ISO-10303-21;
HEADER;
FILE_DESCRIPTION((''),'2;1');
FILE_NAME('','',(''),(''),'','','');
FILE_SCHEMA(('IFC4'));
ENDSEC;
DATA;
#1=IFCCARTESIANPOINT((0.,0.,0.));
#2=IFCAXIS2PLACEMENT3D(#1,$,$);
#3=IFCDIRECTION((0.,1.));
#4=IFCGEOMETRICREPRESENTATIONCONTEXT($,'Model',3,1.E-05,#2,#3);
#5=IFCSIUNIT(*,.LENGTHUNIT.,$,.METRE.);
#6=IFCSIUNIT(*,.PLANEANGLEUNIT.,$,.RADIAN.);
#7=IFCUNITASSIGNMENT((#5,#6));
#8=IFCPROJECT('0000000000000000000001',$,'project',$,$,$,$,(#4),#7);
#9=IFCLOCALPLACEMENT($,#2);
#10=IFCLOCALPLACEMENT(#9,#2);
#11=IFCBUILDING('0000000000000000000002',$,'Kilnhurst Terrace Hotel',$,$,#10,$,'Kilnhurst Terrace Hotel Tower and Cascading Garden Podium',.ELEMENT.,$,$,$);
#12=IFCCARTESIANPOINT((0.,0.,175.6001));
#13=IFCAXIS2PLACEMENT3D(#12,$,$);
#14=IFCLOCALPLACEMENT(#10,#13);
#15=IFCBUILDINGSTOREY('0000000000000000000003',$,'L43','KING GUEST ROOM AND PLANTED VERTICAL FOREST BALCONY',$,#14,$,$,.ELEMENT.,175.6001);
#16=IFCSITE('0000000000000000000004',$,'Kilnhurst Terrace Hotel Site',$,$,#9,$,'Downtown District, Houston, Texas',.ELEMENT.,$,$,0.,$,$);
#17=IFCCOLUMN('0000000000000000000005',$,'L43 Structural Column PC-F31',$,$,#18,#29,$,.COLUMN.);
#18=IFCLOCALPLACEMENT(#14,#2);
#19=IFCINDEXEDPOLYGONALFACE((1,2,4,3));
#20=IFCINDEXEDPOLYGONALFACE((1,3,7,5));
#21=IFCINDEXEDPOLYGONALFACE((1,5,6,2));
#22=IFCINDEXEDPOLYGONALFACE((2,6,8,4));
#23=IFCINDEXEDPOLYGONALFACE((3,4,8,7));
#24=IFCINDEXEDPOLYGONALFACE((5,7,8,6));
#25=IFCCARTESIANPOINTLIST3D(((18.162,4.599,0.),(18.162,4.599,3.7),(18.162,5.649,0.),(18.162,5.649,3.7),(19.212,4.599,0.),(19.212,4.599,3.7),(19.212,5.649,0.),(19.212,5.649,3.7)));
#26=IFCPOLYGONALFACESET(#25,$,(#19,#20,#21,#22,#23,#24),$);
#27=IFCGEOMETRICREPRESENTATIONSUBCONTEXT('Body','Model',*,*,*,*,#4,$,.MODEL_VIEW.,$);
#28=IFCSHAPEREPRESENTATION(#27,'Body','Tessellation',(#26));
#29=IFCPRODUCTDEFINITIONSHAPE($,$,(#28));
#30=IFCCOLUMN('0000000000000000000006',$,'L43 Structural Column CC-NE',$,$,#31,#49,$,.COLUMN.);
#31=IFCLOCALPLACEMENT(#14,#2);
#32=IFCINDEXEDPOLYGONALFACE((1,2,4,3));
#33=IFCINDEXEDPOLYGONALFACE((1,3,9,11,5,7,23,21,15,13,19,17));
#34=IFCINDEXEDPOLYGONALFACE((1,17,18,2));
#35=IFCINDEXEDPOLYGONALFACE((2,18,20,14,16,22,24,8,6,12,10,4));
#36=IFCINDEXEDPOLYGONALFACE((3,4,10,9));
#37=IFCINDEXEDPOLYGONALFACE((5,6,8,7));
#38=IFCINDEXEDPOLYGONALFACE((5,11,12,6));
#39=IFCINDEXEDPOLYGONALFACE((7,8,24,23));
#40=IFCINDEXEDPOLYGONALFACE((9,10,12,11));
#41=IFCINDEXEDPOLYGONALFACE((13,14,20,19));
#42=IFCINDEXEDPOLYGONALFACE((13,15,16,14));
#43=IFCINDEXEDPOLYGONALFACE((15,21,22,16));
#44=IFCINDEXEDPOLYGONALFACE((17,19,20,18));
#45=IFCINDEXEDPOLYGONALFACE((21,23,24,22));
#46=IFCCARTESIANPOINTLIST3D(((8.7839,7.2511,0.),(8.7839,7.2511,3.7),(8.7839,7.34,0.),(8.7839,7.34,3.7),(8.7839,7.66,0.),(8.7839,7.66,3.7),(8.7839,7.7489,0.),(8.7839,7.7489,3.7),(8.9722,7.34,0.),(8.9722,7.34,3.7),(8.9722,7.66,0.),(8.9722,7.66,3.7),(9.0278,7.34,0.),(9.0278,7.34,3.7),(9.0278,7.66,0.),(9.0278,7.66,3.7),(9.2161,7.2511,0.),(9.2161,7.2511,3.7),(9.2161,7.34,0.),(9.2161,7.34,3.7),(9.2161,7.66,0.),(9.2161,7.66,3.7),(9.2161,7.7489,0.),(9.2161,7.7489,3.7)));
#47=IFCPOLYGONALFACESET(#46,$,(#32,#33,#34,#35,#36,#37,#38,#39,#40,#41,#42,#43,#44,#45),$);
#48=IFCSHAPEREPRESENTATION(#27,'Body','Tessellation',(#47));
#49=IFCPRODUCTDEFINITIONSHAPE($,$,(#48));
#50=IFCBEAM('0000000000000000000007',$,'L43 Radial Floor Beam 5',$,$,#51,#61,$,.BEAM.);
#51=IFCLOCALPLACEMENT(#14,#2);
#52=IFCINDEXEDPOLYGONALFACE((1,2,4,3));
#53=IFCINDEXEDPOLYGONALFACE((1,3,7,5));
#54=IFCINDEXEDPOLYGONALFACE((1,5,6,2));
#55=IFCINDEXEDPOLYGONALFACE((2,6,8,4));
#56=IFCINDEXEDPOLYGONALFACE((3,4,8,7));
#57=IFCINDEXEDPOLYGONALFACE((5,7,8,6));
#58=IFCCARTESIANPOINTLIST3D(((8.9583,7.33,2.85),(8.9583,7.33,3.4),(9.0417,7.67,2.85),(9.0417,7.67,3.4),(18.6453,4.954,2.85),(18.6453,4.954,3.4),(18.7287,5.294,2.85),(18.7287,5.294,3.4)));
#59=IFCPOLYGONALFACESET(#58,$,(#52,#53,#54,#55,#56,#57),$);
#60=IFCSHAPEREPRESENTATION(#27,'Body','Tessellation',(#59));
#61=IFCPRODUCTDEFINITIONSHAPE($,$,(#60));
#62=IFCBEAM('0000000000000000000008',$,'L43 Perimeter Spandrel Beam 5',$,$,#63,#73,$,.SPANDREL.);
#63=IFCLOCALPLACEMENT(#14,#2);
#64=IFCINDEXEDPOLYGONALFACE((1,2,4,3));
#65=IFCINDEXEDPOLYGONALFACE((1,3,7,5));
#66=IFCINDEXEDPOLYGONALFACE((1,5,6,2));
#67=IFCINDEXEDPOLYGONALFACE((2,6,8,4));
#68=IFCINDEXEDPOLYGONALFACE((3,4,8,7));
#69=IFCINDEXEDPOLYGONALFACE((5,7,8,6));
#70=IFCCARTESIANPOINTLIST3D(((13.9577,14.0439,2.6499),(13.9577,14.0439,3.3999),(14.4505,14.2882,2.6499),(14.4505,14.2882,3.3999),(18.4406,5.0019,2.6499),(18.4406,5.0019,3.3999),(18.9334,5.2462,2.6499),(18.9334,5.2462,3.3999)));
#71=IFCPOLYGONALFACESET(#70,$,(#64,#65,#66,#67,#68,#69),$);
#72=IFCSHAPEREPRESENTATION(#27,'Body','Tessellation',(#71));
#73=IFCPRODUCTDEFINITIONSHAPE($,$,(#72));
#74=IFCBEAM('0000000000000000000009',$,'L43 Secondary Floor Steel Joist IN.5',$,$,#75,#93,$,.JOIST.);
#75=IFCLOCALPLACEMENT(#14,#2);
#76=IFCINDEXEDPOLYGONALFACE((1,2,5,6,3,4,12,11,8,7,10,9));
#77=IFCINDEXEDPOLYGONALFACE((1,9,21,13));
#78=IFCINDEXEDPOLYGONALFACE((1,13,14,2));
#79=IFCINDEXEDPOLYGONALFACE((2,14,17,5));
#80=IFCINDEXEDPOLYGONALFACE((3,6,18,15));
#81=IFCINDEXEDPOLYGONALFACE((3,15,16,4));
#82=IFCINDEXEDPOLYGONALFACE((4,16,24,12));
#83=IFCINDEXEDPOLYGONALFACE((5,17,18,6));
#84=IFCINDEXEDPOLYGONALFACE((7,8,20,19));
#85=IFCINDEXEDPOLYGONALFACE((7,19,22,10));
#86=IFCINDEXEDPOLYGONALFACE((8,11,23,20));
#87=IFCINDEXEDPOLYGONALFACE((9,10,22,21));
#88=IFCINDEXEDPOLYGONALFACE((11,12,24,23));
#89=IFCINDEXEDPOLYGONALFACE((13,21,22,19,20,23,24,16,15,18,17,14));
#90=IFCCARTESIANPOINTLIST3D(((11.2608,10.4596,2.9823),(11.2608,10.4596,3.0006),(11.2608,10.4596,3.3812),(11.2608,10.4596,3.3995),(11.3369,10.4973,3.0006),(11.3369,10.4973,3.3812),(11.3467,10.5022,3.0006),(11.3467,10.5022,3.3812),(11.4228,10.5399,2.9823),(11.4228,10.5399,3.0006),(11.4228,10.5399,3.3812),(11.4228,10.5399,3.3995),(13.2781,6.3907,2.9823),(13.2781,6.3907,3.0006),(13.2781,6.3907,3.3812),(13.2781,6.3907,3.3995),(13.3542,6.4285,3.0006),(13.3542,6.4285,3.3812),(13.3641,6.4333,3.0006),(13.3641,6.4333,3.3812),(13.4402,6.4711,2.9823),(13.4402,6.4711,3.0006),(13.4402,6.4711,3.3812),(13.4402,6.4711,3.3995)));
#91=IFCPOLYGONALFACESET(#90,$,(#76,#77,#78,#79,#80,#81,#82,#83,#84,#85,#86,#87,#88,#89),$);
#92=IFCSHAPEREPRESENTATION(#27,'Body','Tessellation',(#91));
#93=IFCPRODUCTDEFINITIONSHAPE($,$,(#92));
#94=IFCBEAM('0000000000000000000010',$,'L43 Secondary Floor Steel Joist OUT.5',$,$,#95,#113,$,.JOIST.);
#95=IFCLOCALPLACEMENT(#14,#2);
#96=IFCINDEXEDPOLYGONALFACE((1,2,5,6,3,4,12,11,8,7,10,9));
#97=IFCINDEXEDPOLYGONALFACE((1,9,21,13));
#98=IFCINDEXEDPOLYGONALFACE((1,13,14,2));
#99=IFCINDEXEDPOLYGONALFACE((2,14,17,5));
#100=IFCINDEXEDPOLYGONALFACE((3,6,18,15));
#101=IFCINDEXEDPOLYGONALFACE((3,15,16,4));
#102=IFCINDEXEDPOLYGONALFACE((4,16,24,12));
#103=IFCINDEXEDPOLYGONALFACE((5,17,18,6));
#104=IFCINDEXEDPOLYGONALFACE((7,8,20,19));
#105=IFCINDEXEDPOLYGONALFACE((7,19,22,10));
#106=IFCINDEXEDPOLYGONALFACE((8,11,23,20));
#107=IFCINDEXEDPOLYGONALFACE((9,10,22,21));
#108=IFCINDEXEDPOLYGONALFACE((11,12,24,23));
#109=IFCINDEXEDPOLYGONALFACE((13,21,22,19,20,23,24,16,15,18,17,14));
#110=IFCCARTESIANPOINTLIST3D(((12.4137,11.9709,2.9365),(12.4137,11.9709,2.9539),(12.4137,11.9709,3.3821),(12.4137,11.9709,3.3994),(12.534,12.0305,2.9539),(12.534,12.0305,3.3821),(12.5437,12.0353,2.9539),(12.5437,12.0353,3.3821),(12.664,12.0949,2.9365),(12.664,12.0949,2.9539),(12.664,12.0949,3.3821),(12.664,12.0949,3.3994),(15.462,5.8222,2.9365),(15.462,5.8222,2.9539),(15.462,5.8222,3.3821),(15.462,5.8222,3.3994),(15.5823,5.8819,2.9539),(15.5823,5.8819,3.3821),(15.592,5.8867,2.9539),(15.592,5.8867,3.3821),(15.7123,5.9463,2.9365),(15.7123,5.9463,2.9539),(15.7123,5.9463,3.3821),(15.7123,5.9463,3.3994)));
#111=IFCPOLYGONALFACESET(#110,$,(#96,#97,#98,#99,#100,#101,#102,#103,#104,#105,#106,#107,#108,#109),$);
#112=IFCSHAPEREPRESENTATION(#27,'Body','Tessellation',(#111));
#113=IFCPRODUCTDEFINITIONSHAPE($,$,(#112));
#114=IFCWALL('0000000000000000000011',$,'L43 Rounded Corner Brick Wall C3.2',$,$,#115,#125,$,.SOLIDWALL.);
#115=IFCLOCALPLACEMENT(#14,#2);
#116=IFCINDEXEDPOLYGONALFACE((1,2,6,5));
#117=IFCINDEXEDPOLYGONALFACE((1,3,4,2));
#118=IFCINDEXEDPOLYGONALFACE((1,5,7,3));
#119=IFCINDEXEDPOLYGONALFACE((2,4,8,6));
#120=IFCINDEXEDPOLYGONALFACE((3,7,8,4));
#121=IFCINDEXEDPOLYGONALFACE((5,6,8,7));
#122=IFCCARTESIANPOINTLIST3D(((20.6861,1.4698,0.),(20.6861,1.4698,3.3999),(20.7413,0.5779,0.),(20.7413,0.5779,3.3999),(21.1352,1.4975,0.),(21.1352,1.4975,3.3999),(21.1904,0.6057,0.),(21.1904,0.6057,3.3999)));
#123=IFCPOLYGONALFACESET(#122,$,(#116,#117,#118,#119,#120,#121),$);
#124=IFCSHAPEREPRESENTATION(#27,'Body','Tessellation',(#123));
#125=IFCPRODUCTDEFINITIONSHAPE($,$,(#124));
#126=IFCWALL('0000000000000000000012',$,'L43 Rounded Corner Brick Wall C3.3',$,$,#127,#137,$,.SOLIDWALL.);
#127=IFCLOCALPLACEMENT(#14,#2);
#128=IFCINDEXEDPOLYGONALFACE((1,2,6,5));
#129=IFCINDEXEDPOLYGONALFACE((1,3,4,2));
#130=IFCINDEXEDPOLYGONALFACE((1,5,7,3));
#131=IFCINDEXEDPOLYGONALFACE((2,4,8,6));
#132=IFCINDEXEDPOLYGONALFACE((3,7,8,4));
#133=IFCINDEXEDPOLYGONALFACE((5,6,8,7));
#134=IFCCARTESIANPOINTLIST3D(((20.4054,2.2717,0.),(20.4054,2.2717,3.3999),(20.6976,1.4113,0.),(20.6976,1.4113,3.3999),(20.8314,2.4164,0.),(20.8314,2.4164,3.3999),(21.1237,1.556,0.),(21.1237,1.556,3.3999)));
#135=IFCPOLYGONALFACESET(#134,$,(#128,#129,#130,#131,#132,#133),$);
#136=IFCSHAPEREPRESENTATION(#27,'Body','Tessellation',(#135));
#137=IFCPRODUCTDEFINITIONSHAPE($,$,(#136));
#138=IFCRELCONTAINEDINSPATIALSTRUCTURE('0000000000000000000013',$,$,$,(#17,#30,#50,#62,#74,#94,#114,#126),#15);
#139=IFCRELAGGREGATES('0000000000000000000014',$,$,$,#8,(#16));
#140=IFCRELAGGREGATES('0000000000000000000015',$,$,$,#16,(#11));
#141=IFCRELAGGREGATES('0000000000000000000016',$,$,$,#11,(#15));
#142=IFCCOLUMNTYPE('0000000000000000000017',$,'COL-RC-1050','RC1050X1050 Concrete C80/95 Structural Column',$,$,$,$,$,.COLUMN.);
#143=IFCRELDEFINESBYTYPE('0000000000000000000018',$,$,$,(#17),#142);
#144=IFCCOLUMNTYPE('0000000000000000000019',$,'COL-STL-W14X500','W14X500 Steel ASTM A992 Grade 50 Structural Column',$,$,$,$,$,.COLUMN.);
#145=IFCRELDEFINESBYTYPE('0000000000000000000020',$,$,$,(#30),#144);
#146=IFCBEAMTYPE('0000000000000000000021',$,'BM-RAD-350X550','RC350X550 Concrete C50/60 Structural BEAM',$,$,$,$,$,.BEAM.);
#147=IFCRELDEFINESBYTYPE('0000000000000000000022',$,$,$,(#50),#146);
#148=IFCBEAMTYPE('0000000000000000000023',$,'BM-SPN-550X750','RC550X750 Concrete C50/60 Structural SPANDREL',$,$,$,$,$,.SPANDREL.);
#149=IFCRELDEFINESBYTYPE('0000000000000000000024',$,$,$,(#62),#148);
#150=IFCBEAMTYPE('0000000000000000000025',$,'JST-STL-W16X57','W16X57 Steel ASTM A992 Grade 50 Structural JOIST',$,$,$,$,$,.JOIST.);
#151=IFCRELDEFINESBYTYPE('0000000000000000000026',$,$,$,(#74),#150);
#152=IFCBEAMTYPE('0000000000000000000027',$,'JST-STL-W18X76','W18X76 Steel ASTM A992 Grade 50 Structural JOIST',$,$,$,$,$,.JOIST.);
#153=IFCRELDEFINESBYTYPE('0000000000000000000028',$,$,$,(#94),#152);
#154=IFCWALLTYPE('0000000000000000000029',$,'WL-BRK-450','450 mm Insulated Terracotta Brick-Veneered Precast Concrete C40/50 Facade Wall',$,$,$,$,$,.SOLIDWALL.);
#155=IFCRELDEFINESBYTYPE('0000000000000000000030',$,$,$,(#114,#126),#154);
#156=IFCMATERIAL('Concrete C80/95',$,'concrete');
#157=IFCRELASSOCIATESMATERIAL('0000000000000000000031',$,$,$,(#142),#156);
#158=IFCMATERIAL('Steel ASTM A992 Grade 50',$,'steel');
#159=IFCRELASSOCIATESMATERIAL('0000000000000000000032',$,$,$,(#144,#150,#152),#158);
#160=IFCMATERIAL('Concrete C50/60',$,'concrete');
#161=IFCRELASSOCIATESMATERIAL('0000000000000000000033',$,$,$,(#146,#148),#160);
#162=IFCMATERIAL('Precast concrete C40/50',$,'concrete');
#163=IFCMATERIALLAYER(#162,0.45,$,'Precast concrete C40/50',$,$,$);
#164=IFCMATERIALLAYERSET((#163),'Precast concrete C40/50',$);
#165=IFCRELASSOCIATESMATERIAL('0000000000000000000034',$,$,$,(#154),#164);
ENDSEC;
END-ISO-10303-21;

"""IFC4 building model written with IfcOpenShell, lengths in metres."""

from ifc_helpers import new_model, si_unit, direction, frame, frame_2d, origin, origin_2d, place, context, subcontext, project, spatial, rectangle, i_section, extrude, material, layer, layer_set, material_profile, profile_set, type_object, element, save


model = new_model("IFC4")

# Units and contexts
model_context = context("Model", 3, precision=1e-05, world=origin(), true_north=direction((0.0, 1.0)))
body_context = subcontext(model_context, "Body", "Model", "MODEL_VIEW")
ifc_project = project(units=[si_unit("LENGTHUNIT", "METRE"), si_unit("PLANEANGLEUNIT", "RADIAN")], contexts=[model_context])

# Site, building, storey
site_placement = place(None, origin())
site = spatial("IfcSite", under=ifc_project, at=site_placement, Name="Kilnhurst Terrace Hotel Site", LongName="Downtown District, Houston, Texas", CompositionType="ELEMENT", RefElevation=0.0)
building_placement = place(site_placement, origin())
building = spatial("IfcBuilding", under=site, at=building_placement, Name="Kilnhurst Terrace Hotel", LongName="Kilnhurst Terrace Hotel Tower and Cascading Garden Podium", CompositionType="ELEMENT")
storey_placement = place(building_placement, frame((0.0, 0.0, 175.6001)))
storey = spatial("IfcBuildingStorey", under=building, at=storey_placement, Name="L43", Description="KING GUEST ROOM AND PLANTED VERTICAL FOREST BALCONY", CompositionType="ELEMENT", Elevation=175.6001)

# Columns
ifc_material_1 = material(Name="Concrete C80/95", Category="concrete")
ifc_material_profile_1 = material_profile(ifc_material_1, rectangle(XDim=1.05, YDim=1.05, at=origin_2d()), Name="RC1050X1050")
ifc_profile_set_1 = profile_set([ifc_material_profile_1], Name="Concrete C80/95")
column_type_1 = type_object("IfcColumnType", Name="COL-RC-1050", Description="RC1050X1050 Concrete C80/95 Structural Column", PredefinedType="COLUMN", material=ifc_profile_set_1)
column_1_placement = place(storey_placement, frame((18.687, 5.124, 0.0), z_axis=(0.0, 0.0, 1.0), x_axis=(1.0, 0.0, 0.0)))
element("IfcColumn", 1, at=column_1_placement, inside=storey, type_object=column_type_1, Name="L43 Structural Column PC-F31", PredefinedType="COLUMN", context=body_context, shape_type="SweptSolid", body=[
    extrude(rectangle(XDim=1.05, YDim=1.05, at=origin_2d()), origin(), (0.0, 0.0, 1.0), 3.7),
])
ifc_material_2 = material(Name="Steel ASTM A992 Grade 50", Category="steel")
ifc_material_profile_2 = material_profile(ifc_material_2, i_section(OverallWidth=0.4321, OverallDepth=0.4978, WebThickness=0.0557, FlangeThickness=0.0889, at=origin_2d()), Name="W14X500")
ifc_profile_set_2 = profile_set([ifc_material_profile_2], Name="Steel ASTM A992 Grade 50")
column_type_2 = type_object("IfcColumnType", Name="COL-STL-W14X500", Description="W14X500 Steel ASTM A992 Grade 50 Structural Column", PredefinedType="COLUMN", material=ifc_profile_set_2)
column_2_placement = place(storey_placement, frame((9.0, 7.5, 0.0), z_axis=(0.0, 0.0, 1.0), x_axis=(1.0, 0.0, 0.0)))
element("IfcColumn", 2, at=column_2_placement, inside=storey, type_object=column_type_2, Name="L43 Structural Column CC-NE", PredefinedType="COLUMN", context=body_context, shape_type="SweptSolid", body=[
    extrude(i_section(OverallWidth=0.4321, OverallDepth=0.4978, WebThickness=0.0557, FlangeThickness=0.0889, at=origin_2d()), origin(), (0.0, 0.0, 1.0), 3.7),
])

# Beams
ifc_material_3 = material(Name="Concrete C50/60", Category="concrete")
ifc_material_profile_3 = material_profile(ifc_material_3, rectangle(XDim=0.3501, YDim=0.55, at=origin_2d()), Name="RC350X550")
ifc_profile_set_3 = profile_set([ifc_material_profile_3], Name="Concrete C50/60")
beam_type_1 = type_object("IfcBeamType", Name="BM-RAD-350X550", Description="RC350X550 Concrete C50/60 Structural BEAM", PredefinedType="BEAM", material=ifc_profile_set_3)
beam_1_placement = place(storey_placement, frame((9.0, 7.5, 3.125), z_axis=(0.971213, -0.238214, 0.0), x_axis=(0.238214, 0.971213, 0.0)))
element("IfcBeam", 3, at=beam_1_placement, inside=storey, type_object=beam_type_1, Name="L43 Radial Floor Beam 5", PredefinedType="BEAM", context=body_context, shape_type="SweptSolid", body=[
    extrude(rectangle(XDim=0.3501, YDim=0.55, at=origin_2d()), origin(), (0.0, 0.0, 1.0), 9.9741),
])
ifc_material_profile_4 = material_profile(ifc_material_3, rectangle(XDim=0.55, YDim=0.75, at=origin_2d()), Name="RC550X750")
ifc_profile_set_4 = profile_set([ifc_material_profile_4], Name="Concrete C50/60")
beam_type_2 = type_object("IfcBeamType", Name="BM-SPN-550X750", Description="RC550X750 Concrete C50/60 Structural SPANDREL", PredefinedType="SPANDREL", material=ifc_profile_set_4)
beam_2_placement = place(storey_placement, frame((18.687, 5.124, 3.0249), z_axis=(-0.444192, 0.895932, 0.0), x_axis=(-0.895932, -0.444192, 0.0)))
element("IfcBeam", 4, at=beam_2_placement, inside=storey, type_object=beam_type_2, Name="L43 Perimeter Spandrel Beam 5", PredefinedType="SPANDREL", context=body_context, shape_type="SweptSolid", body=[
    extrude(rectangle(XDim=0.55, YDim=0.75, at=origin_2d()), origin(), (0.0, 0.0, 1.0), 10.0923),
])
ifc_material_profile_5 = material_profile(ifc_material_2, i_section(OverallWidth=0.1809, OverallDepth=0.4172, WebThickness=0.011, FlangeThickness=0.0183, at=origin_2d()), Name="W16X57")
ifc_profile_set_5 = profile_set([ifc_material_profile_5], Name="Steel ASTM A992 Grade 50")
beam_type_3 = type_object("IfcBeamType", Name="JST-STL-W16X57", Description="W16X57 Steel ASTM A992 Grade 50 Structural JOIST", PredefinedType="JOIST", material=ifc_profile_set_5)
beam_3_placement = place(storey_placement, frame((13.3591, 6.4309, 3.1909), z_axis=(-0.444201, 0.895927, 0.0), x_axis=(-0.895927, -0.444201, 0.0)))
element("IfcBeam", 5, at=beam_3_placement, inside=storey, type_object=beam_type_3, Name="L43 Secondary Floor Steel Joist IN.5", PredefinedType="JOIST", context=body_context, shape_type="SweptSolid", body=[
    extrude(i_section(OverallWidth=0.1809, OverallDepth=0.4172, WebThickness=0.011, FlangeThickness=0.0183, at=origin_2d()), origin(), (0.0, 0.0, 1.0), 4.5415),
])
ifc_material_profile_6 = material_profile(ifc_material_2, i_section(OverallWidth=0.2793, OverallDepth=0.4629, WebThickness=0.0107, FlangeThickness=0.0173, at=origin_2d()), Name="W18X76")
ifc_profile_set_6 = profile_set([ifc_material_profile_6], Name="Steel ASTM A992 Grade 50")
beam_type_4 = type_object("IfcBeamType", Name="JST-STL-W18X76", Description="W18X76 Steel ASTM A992 Grade 50 Structural JOIST", PredefinedType="JOIST", material=ifc_profile_set_6)
beam_4_placement = place(storey_placement, frame((15.5872, 5.8843, 3.168), z_axis=(-0.44418, 0.895938, 0.0), x_axis=(-0.895938, -0.44418, 0.0)))
element("IfcBeam", 6, at=beam_4_placement, inside=storey, type_object=beam_type_4, Name="L43 Secondary Floor Steel Joist OUT.5", PredefinedType="JOIST", context=body_context, shape_type="SweptSolid", body=[
    extrude(i_section(OverallWidth=0.2793, OverallDepth=0.4629, WebThickness=0.0107, FlangeThickness=0.0173, at=origin_2d()), origin(), (0.0, 0.0, 1.0), 6.8628),
])

# Walls
ifc_material_4 = material(Name="Precast concrete C40/50", Category="concrete")
ifc_layer_1 = layer(ifc_material_4, 0.45, Name="Precast concrete C40/50")
ifc_layer_set_1 = layer_set([ifc_layer_1], Name="Precast concrete C40/50")
wall_type_1 = type_object("IfcWallType", Name="WL-BRK-450", Description="450 mm Insulated Terracotta Brick-Veneered Precast Concrete C40/50 Facade Wall", PredefinedType="SOLIDWALL", material=ifc_layer_set_1)
wall_1_placement = place(storey_placement, frame((20.9658, 0.5918, 0.0), z_axis=(0.0, 0.0, 1.0), x_axis=(-0.061749, 0.998092, 0.0)))
element("IfcWall", 7, at=wall_1_placement, inside=storey, type_object=wall_type_1, Name="L43 Rounded Corner Brick Wall C3.2", PredefinedType="SOLIDWALL", context=body_context, shape_type="SweptSolid", body=[
    extrude(rectangle(XDim=0.8936, YDim=0.45, at=frame_2d((0.4468, 0.0))), origin(), (0.0, 0.0, 1.0), 3.3999),
])
wall_2_placement = place(storey_placement, frame((20.9106, 1.4836, 0.0), z_axis=(0.0, 0.0, 1.0), x_axis=(-0.321623, 0.946868, 0.0)))
element("IfcWall", 8, at=wall_2_placement, inside=storey, type_object=wall_type_1, Name="L43 Rounded Corner Brick Wall C3.3", PredefinedType="SOLIDWALL", context=body_context, shape_type="SweptSolid", body=[
    extrude(rectangle(XDim=0.9087, YDim=0.45, at=frame_2d((0.4543, 0.0))), origin(), (0.0, 0.0, 1.0), 3.3999),
])

save(model, "model.ifc")
